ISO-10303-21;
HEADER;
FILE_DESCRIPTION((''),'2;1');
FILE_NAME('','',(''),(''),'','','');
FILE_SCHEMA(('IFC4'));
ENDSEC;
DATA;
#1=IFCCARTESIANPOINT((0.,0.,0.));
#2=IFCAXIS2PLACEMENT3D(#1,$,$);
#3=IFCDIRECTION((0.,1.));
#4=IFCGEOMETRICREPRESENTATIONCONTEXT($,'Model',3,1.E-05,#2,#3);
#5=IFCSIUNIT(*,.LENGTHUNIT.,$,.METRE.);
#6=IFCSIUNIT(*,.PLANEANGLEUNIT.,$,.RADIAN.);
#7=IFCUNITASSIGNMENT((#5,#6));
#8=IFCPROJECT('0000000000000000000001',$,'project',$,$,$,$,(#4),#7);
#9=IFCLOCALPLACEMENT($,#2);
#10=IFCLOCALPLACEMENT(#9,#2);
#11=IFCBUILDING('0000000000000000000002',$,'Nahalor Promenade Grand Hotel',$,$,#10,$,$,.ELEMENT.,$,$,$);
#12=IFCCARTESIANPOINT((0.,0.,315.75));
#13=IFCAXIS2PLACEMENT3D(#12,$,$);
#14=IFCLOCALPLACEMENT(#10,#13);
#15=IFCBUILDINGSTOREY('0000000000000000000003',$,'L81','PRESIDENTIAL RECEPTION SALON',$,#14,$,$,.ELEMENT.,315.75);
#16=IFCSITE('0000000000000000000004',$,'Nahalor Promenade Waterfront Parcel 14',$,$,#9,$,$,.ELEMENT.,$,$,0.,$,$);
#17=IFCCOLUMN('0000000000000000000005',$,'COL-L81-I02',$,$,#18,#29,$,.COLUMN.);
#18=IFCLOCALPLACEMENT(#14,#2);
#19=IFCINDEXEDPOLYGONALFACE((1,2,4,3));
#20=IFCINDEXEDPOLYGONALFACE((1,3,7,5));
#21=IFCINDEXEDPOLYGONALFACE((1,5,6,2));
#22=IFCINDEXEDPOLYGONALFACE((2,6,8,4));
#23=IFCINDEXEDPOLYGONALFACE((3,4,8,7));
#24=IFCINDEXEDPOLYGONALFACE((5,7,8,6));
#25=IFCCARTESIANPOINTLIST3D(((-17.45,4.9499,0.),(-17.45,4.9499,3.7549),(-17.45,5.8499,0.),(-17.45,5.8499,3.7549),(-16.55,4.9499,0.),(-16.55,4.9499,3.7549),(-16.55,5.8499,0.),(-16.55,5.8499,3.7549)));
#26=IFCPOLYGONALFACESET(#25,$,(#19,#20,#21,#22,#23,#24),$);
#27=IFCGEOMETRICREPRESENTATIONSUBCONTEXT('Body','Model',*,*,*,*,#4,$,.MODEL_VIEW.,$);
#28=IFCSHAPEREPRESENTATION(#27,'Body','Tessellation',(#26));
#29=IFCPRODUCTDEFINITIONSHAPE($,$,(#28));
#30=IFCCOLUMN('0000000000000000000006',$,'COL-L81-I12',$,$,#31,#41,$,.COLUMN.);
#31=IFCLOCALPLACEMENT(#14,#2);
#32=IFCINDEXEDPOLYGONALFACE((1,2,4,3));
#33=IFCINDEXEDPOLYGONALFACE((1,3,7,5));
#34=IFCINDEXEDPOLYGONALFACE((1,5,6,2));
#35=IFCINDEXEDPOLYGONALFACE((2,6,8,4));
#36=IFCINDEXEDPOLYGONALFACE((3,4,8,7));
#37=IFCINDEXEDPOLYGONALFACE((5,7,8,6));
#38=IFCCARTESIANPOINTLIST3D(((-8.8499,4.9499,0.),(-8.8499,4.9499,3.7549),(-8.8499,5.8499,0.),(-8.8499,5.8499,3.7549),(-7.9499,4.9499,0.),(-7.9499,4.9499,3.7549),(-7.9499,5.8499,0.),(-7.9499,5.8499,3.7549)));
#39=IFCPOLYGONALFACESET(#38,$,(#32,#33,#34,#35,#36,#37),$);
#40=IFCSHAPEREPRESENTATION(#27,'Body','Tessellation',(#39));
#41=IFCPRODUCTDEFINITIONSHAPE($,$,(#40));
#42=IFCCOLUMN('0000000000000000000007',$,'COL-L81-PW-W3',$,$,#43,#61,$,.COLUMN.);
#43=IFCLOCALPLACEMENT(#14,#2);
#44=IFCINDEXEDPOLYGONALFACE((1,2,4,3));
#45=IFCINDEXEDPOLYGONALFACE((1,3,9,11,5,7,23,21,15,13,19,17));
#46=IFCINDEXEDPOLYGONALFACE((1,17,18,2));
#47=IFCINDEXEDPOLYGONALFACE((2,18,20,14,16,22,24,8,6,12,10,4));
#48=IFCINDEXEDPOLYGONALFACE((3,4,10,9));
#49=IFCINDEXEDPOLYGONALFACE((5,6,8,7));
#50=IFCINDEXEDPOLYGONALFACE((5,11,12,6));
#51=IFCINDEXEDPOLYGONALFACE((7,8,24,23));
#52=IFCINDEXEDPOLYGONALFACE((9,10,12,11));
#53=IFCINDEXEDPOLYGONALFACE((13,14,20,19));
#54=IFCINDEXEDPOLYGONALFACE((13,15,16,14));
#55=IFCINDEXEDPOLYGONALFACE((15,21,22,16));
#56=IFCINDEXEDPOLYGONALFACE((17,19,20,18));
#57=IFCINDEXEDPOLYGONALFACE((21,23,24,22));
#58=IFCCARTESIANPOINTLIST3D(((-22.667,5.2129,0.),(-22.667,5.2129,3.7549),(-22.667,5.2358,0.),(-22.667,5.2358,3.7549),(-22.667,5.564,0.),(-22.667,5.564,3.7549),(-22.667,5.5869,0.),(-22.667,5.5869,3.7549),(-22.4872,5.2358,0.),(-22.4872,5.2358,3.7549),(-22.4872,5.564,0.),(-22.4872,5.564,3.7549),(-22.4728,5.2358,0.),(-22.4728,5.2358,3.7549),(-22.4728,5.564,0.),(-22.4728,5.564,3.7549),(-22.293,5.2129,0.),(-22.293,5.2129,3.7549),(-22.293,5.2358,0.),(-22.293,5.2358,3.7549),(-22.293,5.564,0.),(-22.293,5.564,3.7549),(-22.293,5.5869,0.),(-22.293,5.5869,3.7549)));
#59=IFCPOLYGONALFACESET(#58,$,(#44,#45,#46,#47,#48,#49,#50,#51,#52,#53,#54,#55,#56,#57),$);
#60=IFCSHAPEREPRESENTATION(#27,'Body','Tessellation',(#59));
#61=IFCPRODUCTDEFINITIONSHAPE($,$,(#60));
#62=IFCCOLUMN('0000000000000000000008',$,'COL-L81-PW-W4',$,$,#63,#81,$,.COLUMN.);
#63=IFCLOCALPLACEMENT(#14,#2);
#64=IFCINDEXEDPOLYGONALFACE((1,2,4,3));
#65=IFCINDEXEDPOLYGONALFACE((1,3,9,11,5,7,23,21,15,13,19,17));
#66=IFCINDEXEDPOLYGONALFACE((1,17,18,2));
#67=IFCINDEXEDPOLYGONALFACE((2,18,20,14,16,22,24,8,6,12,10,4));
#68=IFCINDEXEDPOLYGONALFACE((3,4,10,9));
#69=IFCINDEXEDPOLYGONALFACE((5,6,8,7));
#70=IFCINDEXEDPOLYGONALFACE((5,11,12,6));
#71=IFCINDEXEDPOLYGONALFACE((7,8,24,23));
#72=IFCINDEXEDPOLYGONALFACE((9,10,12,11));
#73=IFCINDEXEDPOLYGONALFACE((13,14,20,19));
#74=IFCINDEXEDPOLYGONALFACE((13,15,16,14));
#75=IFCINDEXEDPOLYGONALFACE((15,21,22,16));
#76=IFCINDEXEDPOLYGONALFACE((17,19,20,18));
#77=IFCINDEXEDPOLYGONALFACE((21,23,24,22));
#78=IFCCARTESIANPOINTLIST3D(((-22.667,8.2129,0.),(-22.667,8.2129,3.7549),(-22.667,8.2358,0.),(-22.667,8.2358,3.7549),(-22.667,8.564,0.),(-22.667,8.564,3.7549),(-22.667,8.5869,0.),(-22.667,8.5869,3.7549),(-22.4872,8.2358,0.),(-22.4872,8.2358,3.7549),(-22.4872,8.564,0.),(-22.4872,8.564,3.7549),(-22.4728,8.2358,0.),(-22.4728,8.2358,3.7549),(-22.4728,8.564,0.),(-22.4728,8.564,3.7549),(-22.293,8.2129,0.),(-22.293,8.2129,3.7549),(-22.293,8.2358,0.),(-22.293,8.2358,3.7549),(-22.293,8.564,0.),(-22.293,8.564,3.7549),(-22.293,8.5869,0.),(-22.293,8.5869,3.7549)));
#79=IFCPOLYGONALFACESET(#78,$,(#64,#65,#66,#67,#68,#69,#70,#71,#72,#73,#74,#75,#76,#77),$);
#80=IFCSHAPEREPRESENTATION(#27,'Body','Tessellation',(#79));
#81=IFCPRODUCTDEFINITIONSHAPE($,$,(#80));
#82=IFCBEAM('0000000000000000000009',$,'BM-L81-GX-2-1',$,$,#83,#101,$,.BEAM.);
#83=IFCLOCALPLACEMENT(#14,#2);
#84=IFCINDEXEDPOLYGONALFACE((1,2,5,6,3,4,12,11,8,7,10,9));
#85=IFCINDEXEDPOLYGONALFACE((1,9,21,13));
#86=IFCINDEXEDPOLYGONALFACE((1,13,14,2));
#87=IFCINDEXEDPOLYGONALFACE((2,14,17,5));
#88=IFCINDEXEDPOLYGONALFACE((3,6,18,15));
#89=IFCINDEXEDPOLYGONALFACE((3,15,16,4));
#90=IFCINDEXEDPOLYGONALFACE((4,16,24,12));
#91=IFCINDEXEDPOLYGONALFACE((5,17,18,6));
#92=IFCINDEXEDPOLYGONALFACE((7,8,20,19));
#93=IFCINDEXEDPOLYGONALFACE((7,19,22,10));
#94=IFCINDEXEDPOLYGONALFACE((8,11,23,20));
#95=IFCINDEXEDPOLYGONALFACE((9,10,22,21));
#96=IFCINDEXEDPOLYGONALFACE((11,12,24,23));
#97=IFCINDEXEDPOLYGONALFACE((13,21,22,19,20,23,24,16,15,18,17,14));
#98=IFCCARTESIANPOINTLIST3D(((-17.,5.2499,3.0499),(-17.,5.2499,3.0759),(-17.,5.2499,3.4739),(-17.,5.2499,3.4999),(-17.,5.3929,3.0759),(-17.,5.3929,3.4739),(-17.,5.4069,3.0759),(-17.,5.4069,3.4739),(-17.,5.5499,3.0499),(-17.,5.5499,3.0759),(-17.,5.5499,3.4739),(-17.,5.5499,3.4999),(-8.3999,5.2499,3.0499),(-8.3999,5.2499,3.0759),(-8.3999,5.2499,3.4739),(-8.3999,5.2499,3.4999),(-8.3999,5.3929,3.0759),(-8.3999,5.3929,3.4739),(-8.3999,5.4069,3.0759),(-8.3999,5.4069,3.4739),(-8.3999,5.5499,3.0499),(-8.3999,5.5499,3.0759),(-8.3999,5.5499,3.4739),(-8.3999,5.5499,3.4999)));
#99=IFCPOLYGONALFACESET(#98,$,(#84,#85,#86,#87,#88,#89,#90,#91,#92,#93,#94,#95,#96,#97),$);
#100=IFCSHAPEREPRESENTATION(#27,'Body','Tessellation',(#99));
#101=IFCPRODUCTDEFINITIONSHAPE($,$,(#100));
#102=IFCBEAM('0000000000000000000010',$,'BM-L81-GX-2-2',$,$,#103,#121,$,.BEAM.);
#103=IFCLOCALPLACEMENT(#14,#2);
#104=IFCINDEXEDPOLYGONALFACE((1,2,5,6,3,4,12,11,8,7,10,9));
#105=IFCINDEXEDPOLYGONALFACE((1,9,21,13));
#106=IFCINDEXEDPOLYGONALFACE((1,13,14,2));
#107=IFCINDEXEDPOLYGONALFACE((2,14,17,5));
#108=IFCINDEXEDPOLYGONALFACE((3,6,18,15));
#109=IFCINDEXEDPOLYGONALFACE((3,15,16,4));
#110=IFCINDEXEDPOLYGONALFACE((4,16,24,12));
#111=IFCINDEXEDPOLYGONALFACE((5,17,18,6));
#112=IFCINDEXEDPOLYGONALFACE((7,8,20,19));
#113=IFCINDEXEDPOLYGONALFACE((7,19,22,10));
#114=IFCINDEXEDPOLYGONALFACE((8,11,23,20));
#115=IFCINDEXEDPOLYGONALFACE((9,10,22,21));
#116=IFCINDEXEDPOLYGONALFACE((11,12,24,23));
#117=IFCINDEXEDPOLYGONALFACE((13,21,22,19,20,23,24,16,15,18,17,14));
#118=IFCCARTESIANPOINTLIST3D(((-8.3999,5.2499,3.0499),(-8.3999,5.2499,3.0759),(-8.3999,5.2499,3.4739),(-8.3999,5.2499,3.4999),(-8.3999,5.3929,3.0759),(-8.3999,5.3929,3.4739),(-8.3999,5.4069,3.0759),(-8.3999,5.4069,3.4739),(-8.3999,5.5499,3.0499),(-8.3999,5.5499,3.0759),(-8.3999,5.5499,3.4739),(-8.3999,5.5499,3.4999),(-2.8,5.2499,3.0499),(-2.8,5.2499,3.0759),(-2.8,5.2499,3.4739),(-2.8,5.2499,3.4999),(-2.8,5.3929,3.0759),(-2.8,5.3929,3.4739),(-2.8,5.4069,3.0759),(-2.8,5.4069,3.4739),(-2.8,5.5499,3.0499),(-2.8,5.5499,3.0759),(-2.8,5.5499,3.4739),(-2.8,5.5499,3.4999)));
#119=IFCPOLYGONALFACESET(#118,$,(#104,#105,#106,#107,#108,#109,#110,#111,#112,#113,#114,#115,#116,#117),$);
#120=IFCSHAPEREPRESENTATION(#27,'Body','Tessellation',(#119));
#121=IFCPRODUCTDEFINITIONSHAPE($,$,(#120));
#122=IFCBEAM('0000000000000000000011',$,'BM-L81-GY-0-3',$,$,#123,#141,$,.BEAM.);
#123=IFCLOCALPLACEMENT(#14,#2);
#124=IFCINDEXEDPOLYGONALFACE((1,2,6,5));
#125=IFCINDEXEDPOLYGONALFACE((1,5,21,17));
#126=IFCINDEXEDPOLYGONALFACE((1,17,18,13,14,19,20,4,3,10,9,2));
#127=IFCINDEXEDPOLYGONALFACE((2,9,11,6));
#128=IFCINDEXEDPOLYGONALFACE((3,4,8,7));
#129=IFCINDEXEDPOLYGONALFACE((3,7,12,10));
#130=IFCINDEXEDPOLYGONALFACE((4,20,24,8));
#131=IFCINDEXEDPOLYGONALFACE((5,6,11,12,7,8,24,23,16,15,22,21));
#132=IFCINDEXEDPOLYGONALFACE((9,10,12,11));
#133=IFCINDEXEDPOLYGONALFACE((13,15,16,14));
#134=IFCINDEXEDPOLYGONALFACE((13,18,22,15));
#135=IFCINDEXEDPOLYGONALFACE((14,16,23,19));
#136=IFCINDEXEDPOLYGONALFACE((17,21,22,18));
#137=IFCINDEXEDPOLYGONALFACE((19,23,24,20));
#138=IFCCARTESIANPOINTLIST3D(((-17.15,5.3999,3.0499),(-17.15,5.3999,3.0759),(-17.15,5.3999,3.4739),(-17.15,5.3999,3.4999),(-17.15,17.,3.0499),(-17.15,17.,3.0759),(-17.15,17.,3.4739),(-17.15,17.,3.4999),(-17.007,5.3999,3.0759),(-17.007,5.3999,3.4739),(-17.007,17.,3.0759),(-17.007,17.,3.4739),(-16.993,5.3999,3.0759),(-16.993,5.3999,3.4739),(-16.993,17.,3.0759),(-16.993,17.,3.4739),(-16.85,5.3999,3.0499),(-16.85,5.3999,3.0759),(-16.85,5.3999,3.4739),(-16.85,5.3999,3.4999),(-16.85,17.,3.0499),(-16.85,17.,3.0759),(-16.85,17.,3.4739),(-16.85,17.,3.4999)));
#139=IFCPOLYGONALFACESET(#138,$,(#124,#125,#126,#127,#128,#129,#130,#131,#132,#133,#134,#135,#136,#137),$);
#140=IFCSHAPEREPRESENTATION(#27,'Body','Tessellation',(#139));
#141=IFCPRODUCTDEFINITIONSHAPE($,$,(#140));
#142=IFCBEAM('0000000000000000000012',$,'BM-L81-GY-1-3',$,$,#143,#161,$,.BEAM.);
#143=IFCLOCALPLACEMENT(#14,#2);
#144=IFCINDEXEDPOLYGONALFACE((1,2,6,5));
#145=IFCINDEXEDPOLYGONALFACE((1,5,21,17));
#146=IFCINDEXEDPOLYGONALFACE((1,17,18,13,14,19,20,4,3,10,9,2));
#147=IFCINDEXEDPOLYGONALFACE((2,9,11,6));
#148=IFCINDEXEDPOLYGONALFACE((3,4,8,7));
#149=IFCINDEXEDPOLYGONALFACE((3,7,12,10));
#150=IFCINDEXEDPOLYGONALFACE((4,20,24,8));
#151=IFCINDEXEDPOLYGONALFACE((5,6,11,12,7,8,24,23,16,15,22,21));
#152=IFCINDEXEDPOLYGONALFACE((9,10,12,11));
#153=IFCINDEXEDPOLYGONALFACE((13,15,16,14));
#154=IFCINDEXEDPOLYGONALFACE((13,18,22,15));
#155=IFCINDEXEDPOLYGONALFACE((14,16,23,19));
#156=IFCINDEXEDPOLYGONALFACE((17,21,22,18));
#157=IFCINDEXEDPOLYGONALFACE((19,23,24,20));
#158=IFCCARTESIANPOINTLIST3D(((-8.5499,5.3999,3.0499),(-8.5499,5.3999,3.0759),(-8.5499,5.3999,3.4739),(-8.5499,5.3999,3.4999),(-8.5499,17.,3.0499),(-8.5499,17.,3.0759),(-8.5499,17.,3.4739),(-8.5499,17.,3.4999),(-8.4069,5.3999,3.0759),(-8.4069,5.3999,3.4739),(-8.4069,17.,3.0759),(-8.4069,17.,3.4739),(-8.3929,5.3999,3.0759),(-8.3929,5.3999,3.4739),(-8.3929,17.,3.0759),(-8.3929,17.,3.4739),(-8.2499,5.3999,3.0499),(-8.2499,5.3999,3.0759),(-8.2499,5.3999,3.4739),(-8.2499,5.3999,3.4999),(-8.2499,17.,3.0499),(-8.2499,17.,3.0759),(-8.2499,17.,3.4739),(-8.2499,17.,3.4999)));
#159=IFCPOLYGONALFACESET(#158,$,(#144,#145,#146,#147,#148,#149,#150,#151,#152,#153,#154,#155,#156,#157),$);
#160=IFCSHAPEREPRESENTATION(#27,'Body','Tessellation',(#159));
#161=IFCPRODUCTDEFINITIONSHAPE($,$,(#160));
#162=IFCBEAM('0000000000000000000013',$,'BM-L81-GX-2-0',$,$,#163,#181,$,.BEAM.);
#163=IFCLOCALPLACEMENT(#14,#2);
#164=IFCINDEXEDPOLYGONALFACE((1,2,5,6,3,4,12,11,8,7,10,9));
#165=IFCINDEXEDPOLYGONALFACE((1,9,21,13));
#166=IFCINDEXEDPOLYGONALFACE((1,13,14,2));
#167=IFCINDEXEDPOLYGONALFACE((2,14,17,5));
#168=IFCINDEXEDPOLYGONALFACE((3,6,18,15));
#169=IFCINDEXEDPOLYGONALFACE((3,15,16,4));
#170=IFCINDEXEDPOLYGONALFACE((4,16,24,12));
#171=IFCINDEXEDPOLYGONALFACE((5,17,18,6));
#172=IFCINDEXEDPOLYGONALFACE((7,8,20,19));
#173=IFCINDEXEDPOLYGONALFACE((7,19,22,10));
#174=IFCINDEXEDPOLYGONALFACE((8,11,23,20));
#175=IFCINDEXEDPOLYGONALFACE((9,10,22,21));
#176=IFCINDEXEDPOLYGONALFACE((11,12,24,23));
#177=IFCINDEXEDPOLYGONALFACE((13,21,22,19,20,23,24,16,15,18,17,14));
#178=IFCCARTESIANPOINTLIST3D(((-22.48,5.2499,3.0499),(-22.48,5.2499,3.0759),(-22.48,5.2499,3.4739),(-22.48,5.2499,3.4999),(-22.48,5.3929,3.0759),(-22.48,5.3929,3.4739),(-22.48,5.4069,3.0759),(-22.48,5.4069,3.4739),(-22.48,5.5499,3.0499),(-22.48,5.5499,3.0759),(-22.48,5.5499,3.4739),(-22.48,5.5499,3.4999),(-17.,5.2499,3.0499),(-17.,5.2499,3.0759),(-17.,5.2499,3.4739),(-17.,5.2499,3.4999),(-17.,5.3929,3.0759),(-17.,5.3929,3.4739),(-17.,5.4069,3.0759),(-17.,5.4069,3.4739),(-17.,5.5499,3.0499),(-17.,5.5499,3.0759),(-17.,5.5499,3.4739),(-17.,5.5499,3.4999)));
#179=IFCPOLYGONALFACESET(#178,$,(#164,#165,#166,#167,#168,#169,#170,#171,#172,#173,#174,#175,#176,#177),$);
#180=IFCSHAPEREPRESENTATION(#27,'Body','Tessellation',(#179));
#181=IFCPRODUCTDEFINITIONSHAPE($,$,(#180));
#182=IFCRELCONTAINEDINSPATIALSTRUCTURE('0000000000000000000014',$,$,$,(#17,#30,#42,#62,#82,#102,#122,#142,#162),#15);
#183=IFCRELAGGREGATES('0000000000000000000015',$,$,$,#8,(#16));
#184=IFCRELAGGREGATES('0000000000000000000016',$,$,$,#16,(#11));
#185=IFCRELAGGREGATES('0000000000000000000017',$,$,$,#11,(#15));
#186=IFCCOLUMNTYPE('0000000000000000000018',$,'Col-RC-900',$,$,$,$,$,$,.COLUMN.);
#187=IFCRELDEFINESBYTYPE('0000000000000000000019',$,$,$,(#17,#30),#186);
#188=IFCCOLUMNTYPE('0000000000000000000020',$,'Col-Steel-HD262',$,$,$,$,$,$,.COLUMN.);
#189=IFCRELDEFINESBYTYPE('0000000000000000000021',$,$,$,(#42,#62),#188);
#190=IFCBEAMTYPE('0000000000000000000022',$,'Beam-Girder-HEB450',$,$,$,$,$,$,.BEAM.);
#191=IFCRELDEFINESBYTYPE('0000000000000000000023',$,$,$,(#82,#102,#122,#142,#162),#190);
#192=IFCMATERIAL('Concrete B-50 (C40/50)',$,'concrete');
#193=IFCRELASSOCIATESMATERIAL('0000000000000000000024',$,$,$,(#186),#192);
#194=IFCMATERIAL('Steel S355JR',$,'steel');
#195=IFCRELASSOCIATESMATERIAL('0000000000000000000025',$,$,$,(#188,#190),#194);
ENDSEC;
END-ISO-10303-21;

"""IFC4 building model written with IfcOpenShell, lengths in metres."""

from ifc_helpers import new_model, si_unit, direction, frame, origin, origin_2d, place, context, subcontext, project, spatial, rectangle, i_section, extrude, source, transform, mapped, material, material_profile, profile_set, type_object, element, save


model = new_model("IFC4")

# Units and contexts
model_context = context("Model", 3, precision=1e-05, world=origin(), true_north=direction((0.0, 1.0)))
body_context = subcontext(model_context, "Body", "Model", "MODEL_VIEW")
ifc_project = project(units=[si_unit("LENGTHUNIT", "METRE"), si_unit("PLANEANGLEUNIT", "RADIAN")], contexts=[model_context])

# Site, building, storey
site_placement = place(None, origin())
site = spatial("IfcSite", under=ifc_project, at=site_placement, Name="Nahalor Promenade Waterfront Parcel 14", CompositionType="ELEMENT", RefElevation=0.0)
building_placement = place(site_placement, origin())
building = spatial("IfcBuilding", under=site, at=building_placement, Name="Nahalor Promenade Grand Hotel", CompositionType="ELEMENT")
storey_placement = place(building_placement, frame((0.0, 0.0, 315.75)))
storey = spatial("IfcBuildingStorey", under=building, at=storey_placement, Name="L81", Description="PRESIDENTIAL RECEPTION SALON", CompositionType="ELEMENT", Elevation=315.75)

# Columns
ifc_material_1 = material(Name="Concrete B-50 (C40/50)", Category="concrete")
ifc_material_profile_1 = material_profile(ifc_material_1, rectangle(XDim=0.9, YDim=0.9, at=origin_2d()), Name="RC 900x900")
ifc_profile_set_1 = profile_set([ifc_material_profile_1], Name="Concrete B-50 (C40/50)")
column_type_1 = type_object("IfcColumnType", Name="Col-RC-900", PredefinedType="COLUMN", material=ifc_profile_set_1)
shared_shape_1 = source(origin(), body_context, "Body", "SweptSolid", [
    extrude(rectangle(XDim=0.9, YDim=0.9, at=origin_2d()), origin(), (0.0, 0.0, 1.0), 3.7549),
])
for number, where, z_axis, x_axis, name in (
    (1, (-17.0, 5.3999, 0.0), (0.0, 0.0, 1.0), (1.0, 0.0, 0.0), "COL-L81-I02"),
    (2, (-8.3999, 5.3999, 0.0), (0.0, 0.0, 1.0), (1.0, 0.0, 0.0), "COL-L81-I12"),
):
    element("IfcColumn", number, at=place(storey_placement, frame(where, z_axis=z_axis, x_axis=x_axis)), inside=storey, type_object=column_type_1, Name=name, PredefinedType="COLUMN", context=body_context, shape_type="MappedRepresentation", body=[
        mapped(shared_shape_1, transform((0.0, 0.0, 0.0), scale=1.0)),
    ])
ifc_material_2 = material(Name="Steel S355JR", Category="steel")
ifc_material_profile_2 = material_profile(ifc_material_2, i_section(OverallWidth=0.374, OverallDepth=0.374, WebThickness=0.0144, FlangeThickness=0.0229, at=origin_2d()), Name="HD 360x262")
ifc_profile_set_2 = profile_set([ifc_material_profile_2], Name="Steel S355JR")
column_type_2 = type_object("IfcColumnType", Name="Col-Steel-HD262", PredefinedType="COLUMN", material=ifc_profile_set_2)
shared_shape_2 = source(origin(), body_context, "Body", "SweptSolid", [
    extrude(i_section(OverallWidth=0.374, OverallDepth=0.374, WebThickness=0.0144, FlangeThickness=0.0229, at=origin_2d()), origin(), (0.0, 0.0, 1.0), 3.7549),
])
for number, where, z_axis, x_axis, name in (
    (3, (-22.48, 5.3999, 0.0), (0.0, 0.0, 1.0), (1.0, 0.0, 0.0), "COL-L81-PW-W3"),
    (4, (-22.48, 8.3999, 0.0), (0.0, 0.0, 1.0), (1.0, 0.0, 0.0), "COL-L81-PW-W4"),
):
    element("IfcColumn", number, at=place(storey_placement, frame(where, z_axis=z_axis, x_axis=x_axis)), inside=storey, type_object=column_type_2, Name=name, PredefinedType="COLUMN", context=body_context, shape_type="MappedRepresentation", body=[
        mapped(shared_shape_2, transform((0.0, 0.0, 0.0), scale=1.0)),
    ])

# Beams
ifc_material_profile_3 = material_profile(ifc_material_2, i_section(OverallWidth=0.3, OverallDepth=0.45, WebThickness=0.014, FlangeThickness=0.026, at=origin_2d()), Name="HEB 450")
ifc_profile_set_3 = profile_set([ifc_material_profile_3], Name="Steel S355JR")
beam_type_1 = type_object("IfcBeamType", Name="Beam-Girder-HEB450", PredefinedType="BEAM", material=ifc_profile_set_3)
shared_shape_3 = source(origin(), body_context, "Body", "SweptSolid", [
    extrude(i_section(OverallWidth=0.3, OverallDepth=0.45, WebThickness=0.014, FlangeThickness=0.026, at=origin_2d()), origin(), (0.0, 0.0, 1.0), 8.6001),
])
beam_1_placement = place(storey_placement, frame((-17.0, 5.3999, 3.2749), z_axis=(1.0, 0.0, 0.0), x_axis=(0.0, 1.0, 0.0)))
element("IfcBeam", 5, at=beam_1_placement, inside=storey, type_object=beam_type_1, Name="BM-L81-GX-2-1", PredefinedType="BEAM", context=body_context, shape_type="MappedRepresentation", body=[
    mapped(shared_shape_3, transform((0.0, 0.0, 0.0), scale=1.0)),
])
shared_shape_4 = source(origin(), body_context, "Body", "SweptSolid", [
    extrude(i_section(OverallWidth=0.3, OverallDepth=0.45, WebThickness=0.014, FlangeThickness=0.026, at=origin_2d()), origin(), (0.0, 0.0, 1.0), 5.5999),
])
beam_2_placement = place(storey_placement, frame((-8.3999, 5.3999, 3.2749), z_axis=(1.0, 0.0, 0.0), x_axis=(0.0, 1.0, 0.0)))
element("IfcBeam", 6, at=beam_2_placement, inside=storey, type_object=beam_type_1, Name="BM-L81-GX-2-2", PredefinedType="BEAM", context=body_context, shape_type="MappedRepresentation", body=[
    mapped(shared_shape_4, transform((0.0, 0.0, 0.0), scale=1.0)),
])
shared_shape_5 = source(origin(), body_context, "Body", "SweptSolid", [
    extrude(i_section(OverallWidth=0.3, OverallDepth=0.45, WebThickness=0.014, FlangeThickness=0.026, at=origin_2d()), origin(), (0.0, 0.0, 1.0), 11.6001),
])
for number, where, z_axis, x_axis, name in (
    (7, (-17.0, 5.3999, 3.2749), (0.0, 1.0, 0.0), (-1.0, 0.0, 0.0), "BM-L81-GY-0-3"),
    (8, (-8.3999, 5.3999, 3.2749), (0.0, 1.0, 0.0), (-1.0, 0.0, 0.0), "BM-L81-GY-1-3"),
):
    element("IfcBeam", number, at=place(storey_placement, frame(where, z_axis=z_axis, x_axis=x_axis)), inside=storey, type_object=beam_type_1, Name=name, PredefinedType="BEAM", context=body_context, shape_type="MappedRepresentation", body=[
        mapped(shared_shape_5, transform((0.0, 0.0, 0.0), scale=1.0)),
    ])
shared_shape_6 = source(origin(), body_context, "Body", "SweptSolid", [
    extrude(i_section(OverallWidth=0.3, OverallDepth=0.45, WebThickness=0.014, FlangeThickness=0.026, at=origin_2d()), origin(), (0.0, 0.0, 1.0), 5.48),
])
beam_3_placement = place(storey_placement, frame((-22.48, 5.3999, 3.2749), z_axis=(1.0, 0.0, 0.0), x_axis=(0.0, 1.0, 0.0)))
element("IfcBeam", 9, at=beam_3_placement, inside=storey, type_object=beam_type_1, Name="BM-L81-GX-2-0", PredefinedType="BEAM", context=body_context, shape_type="MappedRepresentation", body=[
    mapped(shared_shape_6, transform((0.0, 0.0, 0.0), scale=1.0)),
])

save(model, "model.ifc")
